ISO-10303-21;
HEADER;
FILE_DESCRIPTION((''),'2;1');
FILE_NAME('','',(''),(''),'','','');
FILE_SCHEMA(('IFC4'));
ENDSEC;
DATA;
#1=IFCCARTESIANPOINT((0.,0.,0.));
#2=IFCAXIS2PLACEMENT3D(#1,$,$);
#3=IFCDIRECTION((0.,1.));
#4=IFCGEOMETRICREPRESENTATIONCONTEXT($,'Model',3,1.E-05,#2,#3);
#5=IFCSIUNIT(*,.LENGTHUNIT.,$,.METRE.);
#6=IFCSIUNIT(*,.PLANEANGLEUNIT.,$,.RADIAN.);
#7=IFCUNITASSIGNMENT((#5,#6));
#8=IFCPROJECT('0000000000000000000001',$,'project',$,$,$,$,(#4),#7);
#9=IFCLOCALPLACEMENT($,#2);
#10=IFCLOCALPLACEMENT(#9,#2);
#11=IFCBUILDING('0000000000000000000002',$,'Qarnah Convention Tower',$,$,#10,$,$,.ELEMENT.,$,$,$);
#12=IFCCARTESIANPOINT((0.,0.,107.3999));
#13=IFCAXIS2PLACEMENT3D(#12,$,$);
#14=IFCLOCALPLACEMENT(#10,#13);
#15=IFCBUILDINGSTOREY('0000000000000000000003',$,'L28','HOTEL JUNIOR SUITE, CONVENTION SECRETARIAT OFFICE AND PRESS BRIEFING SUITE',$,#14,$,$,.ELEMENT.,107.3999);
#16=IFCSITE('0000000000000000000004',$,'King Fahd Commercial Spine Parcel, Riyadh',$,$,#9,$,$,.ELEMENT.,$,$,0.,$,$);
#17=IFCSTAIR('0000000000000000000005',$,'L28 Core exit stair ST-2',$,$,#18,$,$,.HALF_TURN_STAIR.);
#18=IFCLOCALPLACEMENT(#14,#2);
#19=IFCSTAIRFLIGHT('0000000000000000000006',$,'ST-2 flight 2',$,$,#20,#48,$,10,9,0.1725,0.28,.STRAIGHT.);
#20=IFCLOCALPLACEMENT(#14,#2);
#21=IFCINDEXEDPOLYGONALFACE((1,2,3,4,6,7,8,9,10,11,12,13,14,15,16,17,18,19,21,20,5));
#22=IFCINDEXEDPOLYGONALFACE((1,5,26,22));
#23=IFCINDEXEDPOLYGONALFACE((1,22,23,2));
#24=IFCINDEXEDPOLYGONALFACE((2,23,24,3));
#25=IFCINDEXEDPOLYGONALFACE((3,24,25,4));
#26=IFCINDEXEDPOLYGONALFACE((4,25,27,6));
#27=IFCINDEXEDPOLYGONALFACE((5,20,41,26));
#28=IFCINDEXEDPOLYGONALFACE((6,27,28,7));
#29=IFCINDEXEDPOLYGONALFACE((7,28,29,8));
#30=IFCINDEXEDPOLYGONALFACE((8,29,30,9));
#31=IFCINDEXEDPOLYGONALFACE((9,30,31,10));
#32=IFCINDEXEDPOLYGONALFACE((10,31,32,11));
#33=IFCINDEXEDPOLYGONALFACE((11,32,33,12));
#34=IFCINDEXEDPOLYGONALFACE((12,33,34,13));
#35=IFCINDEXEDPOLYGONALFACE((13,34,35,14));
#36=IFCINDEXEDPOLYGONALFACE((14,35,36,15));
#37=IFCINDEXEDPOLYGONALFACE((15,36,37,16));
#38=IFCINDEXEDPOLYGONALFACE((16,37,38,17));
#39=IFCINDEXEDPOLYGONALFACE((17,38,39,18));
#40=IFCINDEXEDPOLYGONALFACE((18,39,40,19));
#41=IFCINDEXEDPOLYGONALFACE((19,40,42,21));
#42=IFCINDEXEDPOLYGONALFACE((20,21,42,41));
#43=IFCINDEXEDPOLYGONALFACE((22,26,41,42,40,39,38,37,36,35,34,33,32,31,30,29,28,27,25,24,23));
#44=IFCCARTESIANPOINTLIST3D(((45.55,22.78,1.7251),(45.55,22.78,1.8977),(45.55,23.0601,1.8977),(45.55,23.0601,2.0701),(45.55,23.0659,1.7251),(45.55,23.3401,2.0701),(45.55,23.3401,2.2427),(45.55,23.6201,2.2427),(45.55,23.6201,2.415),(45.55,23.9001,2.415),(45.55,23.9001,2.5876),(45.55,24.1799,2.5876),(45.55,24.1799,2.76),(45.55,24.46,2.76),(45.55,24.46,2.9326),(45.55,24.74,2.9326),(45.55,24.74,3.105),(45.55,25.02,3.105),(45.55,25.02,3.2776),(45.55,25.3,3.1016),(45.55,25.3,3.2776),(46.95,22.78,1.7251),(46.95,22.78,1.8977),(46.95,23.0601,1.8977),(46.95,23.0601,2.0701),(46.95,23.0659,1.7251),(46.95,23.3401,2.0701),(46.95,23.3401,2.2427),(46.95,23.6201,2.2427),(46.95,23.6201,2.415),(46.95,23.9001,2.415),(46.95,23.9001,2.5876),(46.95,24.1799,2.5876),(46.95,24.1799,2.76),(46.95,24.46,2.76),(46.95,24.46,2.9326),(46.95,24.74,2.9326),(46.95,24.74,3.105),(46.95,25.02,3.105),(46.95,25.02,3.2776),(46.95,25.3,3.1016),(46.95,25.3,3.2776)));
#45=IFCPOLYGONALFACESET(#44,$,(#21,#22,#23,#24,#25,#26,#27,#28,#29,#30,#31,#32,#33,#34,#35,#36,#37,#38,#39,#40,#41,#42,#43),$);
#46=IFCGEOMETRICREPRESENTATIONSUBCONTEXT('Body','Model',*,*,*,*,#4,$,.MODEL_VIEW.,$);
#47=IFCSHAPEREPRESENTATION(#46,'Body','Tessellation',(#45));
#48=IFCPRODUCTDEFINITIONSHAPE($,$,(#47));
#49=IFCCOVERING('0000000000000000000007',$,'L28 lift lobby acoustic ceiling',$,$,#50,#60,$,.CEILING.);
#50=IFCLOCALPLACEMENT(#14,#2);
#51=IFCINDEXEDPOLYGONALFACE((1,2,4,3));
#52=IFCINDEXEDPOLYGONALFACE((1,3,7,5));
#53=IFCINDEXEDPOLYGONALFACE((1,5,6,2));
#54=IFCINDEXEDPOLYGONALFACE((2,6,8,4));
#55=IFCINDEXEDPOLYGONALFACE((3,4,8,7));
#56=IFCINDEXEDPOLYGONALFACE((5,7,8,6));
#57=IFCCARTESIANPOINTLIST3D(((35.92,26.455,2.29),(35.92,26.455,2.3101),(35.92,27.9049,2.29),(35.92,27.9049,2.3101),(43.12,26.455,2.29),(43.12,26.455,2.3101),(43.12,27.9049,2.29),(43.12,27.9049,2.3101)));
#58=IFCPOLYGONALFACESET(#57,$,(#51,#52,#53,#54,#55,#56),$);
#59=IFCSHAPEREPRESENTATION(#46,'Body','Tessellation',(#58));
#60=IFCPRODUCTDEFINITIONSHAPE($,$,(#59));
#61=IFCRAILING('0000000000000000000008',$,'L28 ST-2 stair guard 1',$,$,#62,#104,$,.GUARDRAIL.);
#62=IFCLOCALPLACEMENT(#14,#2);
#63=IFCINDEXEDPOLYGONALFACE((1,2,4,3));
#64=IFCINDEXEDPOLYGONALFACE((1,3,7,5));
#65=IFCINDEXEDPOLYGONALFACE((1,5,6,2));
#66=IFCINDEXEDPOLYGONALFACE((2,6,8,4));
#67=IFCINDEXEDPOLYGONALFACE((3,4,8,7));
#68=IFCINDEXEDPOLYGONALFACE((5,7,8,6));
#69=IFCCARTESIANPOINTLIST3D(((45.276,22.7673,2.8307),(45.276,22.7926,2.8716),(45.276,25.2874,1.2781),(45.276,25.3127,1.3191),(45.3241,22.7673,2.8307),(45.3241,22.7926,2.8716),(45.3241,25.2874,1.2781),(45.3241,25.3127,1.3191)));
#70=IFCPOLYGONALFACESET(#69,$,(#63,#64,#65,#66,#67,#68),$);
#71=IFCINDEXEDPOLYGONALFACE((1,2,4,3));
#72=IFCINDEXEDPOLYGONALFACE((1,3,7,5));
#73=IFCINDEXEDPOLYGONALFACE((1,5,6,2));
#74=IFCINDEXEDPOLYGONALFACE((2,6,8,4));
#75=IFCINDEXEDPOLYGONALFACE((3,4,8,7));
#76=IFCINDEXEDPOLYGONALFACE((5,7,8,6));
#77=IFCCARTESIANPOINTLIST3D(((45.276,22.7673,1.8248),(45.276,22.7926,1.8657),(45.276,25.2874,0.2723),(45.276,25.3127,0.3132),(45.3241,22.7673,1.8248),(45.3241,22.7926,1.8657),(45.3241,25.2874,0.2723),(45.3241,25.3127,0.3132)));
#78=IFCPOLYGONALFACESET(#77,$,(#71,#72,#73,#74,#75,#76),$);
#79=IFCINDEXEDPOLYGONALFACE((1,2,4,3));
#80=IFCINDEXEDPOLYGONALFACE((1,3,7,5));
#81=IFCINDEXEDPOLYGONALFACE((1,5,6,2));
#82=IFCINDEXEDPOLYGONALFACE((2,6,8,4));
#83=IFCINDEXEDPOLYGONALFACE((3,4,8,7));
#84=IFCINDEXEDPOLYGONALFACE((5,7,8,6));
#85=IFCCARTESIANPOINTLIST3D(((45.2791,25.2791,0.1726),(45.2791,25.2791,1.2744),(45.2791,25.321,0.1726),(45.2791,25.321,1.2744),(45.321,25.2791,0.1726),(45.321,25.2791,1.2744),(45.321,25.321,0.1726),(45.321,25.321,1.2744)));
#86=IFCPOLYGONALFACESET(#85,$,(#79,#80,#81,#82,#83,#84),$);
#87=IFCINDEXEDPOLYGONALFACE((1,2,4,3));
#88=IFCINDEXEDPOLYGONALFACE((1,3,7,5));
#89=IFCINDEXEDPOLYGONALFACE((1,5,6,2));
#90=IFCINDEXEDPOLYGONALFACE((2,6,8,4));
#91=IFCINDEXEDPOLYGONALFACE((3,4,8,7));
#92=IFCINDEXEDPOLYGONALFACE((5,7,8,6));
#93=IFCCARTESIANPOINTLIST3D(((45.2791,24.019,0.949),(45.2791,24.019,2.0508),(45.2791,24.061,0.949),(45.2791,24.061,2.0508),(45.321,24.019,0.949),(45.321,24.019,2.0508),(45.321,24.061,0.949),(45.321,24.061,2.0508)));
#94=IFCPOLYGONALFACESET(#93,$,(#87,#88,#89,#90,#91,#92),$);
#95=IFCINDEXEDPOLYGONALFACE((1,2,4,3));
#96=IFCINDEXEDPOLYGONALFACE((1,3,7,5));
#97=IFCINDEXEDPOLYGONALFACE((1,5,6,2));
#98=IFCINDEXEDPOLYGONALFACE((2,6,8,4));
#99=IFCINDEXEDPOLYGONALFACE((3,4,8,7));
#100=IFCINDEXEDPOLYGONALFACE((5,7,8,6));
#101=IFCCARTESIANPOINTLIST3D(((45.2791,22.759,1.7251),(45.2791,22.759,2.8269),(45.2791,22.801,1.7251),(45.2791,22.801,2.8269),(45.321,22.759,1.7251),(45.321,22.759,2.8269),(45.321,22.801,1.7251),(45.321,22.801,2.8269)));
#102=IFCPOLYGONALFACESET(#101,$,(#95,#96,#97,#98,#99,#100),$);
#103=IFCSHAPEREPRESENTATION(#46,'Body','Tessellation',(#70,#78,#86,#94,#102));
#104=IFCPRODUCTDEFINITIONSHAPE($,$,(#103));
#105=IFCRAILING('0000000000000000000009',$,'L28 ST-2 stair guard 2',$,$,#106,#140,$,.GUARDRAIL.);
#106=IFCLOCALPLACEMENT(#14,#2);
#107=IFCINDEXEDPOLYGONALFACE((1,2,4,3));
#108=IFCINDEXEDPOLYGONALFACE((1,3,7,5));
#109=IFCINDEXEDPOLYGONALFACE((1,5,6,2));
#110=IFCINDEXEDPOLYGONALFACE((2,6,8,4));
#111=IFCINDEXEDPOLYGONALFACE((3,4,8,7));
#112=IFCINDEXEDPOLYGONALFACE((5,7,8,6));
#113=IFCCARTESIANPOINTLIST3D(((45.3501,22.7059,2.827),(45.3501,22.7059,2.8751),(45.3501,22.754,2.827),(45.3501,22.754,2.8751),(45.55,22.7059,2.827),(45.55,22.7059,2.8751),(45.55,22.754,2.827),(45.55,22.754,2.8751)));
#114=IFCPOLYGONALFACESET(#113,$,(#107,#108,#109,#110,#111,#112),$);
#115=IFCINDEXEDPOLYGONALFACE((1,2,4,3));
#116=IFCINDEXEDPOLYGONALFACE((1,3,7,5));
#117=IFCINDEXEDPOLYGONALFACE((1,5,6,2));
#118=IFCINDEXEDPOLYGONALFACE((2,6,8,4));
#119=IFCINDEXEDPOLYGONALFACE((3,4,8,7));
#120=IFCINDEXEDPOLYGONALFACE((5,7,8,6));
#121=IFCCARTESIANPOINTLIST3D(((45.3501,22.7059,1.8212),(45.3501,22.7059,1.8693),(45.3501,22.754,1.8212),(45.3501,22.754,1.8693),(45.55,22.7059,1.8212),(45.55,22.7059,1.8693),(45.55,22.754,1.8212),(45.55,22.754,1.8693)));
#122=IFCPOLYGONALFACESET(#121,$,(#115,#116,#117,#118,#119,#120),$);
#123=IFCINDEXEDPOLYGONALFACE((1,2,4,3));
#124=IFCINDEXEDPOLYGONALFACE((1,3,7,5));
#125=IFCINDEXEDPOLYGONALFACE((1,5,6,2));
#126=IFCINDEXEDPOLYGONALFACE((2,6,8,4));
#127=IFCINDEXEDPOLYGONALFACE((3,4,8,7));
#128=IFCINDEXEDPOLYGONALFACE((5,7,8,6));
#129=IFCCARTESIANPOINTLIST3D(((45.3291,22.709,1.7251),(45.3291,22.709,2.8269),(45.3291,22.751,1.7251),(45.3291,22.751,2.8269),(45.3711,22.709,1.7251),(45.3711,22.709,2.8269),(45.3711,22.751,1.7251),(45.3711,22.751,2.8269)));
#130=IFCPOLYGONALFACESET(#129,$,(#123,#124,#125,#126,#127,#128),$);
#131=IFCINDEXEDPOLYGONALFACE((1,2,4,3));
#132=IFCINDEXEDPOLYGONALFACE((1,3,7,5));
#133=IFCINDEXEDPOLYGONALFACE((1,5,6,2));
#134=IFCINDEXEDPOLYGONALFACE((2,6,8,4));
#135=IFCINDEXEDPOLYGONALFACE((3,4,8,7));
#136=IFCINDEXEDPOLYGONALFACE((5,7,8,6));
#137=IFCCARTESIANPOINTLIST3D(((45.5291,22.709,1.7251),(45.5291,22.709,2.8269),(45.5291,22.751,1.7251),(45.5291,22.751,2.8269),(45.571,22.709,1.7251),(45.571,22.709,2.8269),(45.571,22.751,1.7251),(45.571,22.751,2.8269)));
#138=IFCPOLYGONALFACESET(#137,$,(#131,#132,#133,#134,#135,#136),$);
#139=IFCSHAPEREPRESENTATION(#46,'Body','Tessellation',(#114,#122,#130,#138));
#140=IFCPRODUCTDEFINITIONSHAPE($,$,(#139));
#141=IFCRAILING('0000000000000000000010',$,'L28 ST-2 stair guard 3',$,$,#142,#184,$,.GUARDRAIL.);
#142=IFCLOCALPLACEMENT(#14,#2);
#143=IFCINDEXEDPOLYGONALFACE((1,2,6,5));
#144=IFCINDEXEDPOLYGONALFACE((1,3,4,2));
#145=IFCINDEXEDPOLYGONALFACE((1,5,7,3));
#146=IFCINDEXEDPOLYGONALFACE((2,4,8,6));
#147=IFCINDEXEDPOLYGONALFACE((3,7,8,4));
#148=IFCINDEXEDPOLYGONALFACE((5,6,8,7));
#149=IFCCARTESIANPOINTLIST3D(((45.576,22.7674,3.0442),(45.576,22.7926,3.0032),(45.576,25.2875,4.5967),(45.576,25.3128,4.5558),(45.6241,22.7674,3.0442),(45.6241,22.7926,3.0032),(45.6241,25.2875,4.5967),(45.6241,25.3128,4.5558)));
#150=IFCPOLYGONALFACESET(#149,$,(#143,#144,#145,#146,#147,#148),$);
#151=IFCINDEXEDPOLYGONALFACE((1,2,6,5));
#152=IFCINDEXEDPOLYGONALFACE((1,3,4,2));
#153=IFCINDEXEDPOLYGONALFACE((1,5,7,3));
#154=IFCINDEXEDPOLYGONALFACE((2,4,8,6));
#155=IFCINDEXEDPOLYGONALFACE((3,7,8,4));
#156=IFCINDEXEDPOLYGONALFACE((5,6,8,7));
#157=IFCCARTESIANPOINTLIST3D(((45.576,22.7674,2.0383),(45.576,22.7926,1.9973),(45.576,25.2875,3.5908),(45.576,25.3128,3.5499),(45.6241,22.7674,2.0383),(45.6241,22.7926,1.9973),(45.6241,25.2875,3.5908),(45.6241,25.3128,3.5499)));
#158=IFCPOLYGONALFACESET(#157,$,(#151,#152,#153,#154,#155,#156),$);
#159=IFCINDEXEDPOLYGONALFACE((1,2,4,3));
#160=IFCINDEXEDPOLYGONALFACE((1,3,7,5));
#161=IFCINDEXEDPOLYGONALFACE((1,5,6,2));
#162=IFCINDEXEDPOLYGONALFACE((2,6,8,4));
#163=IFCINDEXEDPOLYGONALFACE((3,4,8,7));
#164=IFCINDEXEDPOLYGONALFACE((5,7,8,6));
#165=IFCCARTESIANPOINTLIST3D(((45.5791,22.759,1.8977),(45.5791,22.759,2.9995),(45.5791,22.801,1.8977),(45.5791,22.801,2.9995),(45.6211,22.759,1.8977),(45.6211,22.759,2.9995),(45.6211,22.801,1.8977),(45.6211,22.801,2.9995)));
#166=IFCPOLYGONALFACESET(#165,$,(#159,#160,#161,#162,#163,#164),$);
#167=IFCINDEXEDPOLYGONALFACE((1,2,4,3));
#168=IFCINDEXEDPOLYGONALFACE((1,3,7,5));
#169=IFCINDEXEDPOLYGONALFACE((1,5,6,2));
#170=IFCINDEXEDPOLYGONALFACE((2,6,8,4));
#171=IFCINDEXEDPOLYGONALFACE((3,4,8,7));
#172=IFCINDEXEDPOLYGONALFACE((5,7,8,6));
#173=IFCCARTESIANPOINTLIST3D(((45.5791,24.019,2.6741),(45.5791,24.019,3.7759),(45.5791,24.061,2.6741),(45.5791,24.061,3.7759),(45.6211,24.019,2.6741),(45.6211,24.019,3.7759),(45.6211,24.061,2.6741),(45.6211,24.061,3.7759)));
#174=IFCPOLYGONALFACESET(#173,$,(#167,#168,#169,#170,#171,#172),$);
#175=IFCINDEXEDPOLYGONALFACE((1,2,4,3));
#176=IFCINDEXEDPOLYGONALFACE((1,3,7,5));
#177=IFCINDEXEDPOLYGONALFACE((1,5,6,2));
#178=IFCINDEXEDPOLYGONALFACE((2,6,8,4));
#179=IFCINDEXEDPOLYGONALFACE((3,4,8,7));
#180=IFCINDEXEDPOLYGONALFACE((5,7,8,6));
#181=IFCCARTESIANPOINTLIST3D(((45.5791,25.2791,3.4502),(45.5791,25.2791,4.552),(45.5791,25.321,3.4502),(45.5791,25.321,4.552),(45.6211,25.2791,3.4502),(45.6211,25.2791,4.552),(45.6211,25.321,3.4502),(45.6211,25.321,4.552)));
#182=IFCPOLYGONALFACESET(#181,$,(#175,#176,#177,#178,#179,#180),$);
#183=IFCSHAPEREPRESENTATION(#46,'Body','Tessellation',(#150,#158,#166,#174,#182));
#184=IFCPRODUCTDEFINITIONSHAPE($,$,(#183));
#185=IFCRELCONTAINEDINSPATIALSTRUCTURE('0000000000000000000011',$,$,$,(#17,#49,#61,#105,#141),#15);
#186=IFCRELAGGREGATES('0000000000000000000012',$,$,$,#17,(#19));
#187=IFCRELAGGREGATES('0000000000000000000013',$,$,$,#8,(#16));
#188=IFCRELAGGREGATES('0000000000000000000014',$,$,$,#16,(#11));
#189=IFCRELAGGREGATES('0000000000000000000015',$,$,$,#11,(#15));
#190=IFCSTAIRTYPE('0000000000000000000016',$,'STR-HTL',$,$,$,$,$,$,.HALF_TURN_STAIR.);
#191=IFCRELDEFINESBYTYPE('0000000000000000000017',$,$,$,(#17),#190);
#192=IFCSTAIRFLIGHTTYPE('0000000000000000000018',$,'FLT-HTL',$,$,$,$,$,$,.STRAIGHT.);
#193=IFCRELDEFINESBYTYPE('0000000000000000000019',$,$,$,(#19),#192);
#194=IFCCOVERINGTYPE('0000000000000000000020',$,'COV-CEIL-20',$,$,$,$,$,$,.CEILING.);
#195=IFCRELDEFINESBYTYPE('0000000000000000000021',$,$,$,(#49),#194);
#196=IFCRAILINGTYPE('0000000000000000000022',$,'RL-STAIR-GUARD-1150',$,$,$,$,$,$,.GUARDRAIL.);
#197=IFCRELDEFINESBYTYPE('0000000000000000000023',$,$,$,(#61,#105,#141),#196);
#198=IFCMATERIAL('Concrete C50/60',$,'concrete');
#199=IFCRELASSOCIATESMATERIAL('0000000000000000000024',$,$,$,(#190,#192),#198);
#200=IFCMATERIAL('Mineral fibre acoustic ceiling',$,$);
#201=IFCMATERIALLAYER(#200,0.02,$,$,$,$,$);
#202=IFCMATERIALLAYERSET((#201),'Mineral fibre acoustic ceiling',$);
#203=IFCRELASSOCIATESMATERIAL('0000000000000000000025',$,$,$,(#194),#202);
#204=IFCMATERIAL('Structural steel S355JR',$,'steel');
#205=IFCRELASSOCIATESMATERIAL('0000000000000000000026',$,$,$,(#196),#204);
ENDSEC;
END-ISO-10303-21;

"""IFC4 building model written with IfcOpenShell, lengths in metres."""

from ifc_helpers import new_model, si_unit, direction, frame, origin, origin_2d, place, context, subcontext, project, spatial, polyline, rectangle, outline, extrude, material, layer, layer_set, type_object, element, aggregate, save


model = new_model("IFC4")

# Units and contexts
model_context = context("Model", 3, precision=1e-05, world=origin(), true_north=direction((0.0, 1.0)))
body_context = subcontext(model_context, "Body", "Model", "MODEL_VIEW")
ifc_project = project(units=[si_unit("LENGTHUNIT", "METRE"), si_unit("PLANEANGLEUNIT", "RADIAN")], contexts=[model_context])

# Site, building, storey
site_placement = place(None, origin())
site = spatial("IfcSite", under=ifc_project, at=site_placement, Name="King Fahd Commercial Spine Parcel, Riyadh", CompositionType="ELEMENT", RefElevation=0.0)
building_placement = place(site_placement, origin())
building = spatial("IfcBuilding", under=site, at=building_placement, Name="Qarnah Convention Tower", CompositionType="ELEMENT")
storey_placement = place(building_placement, frame((0.0, 0.0, 107.3999)))
storey = spatial("IfcBuildingStorey", under=building, at=storey_placement, Name="L28", Description="HOTEL JUNIOR SUITE, CONVENTION SECRETARIAT OFFICE AND PRESS BRIEFING SUITE", CompositionType="ELEMENT", Elevation=107.3999)

# Shared definitions
ifc_material_1 = material(Name="Structural steel S355JR", Category="steel")

# Stair, stair flight
ifc_material_2 = material(Name="Concrete C50/60", Category="concrete")
stair_type = type_object("IfcStairType", Name="STR-HTL", PredefinedType="HALF_TURN_STAIR", material=ifc_material_2)
stair_placement = place(storey_placement, origin())
stair = element("IfcStair", 1, at=stair_placement, inside=storey, type_object=stair_type, Name="L28 Core exit stair ST-2", PredefinedType="HALF_TURN_STAIR")
stair_flight_type = type_object("IfcStairFlightType", Name="FLT-HTL", PredefinedType="STRAIGHT", material=ifc_material_2)
stair_flight_1_placement = place(storey_placement, frame((46.25, 22.78, 1.7251), z_axis=(0.0, 0.0, 1.0), x_axis=(0.0, 1.0, 0.0)))
stair_flight_1 = element("IfcStairFlight", 2, at=stair_flight_1_placement, type_object=stair_flight_type, Name="ST-2 flight 2", NumberOfRisers=10, NumberOfTreads=9, PredefinedType="STRAIGHT", RiserHeight=0.1725, TreadLength=0.28, context=body_context, shape_type="SweptSolid", body=[
    extrude(outline(polyline([(0.0, 0.0), (0.0, 0.1726), (0.28, 0.1726), (0.28, 0.345), (0.5601, 0.345), (0.5601, 0.5176), (0.8401, 0.5176), (0.8401, 0.6899), (1.1201, 0.6899), (1.1201, 0.8625), (1.3999, 0.8625), (1.3999, 1.0349), (1.6799, 1.0349), (1.6799, 1.2075), (1.96, 1.2075), (1.96, 1.3799), (2.24, 1.3799), (2.24, 1.5525), (2.52, 1.5525), (2.52, 1.7251), (2.52, 1.3765), (0.2859, 0.0), (0.0, 0.0)])), frame((0.0, 0.7, 0.0), z_axis=(0.0, -1.0, 0.0), x_axis=(1.0, 0.0, 0.0)), (0.0, 0.0, 1.0), 1.3999),
])
aggregate(stair, [stair_flight_1])

# Covering
ifc_material_3 = material(Name="Mineral fibre acoustic ceiling")
ifc_layer_1 = layer(ifc_material_3, 0.02)
ifc_layer_set_1 = layer_set([ifc_layer_1], Name="Mineral fibre acoustic ceiling")
covering_type = type_object("IfcCoveringType", Name="COV-CEIL-20", PredefinedType="CEILING", material=ifc_layer_set_1)
covering_placement = place(storey_placement, frame((39.52, 27.1799, 2.29), z_axis=(0.0, 0.0, 1.0), x_axis=(1.0, 0.0, 0.0)))
element("IfcCovering", 3, at=covering_placement, inside=storey, type_object=covering_type, Name="L28 lift lobby acoustic ceiling", PredefinedType="CEILING", context=body_context, shape_type="SweptSolid", body=[
    extrude(rectangle(XDim=7.2, YDim=1.45, at=origin_2d()), origin(), (0.0, 0.0, 1.0), 0.02),
])

# Railings
railing_type_1 = type_object("IfcRailingType", Name="RL-STAIR-GUARD-1150", PredefinedType="GUARDRAIL", material=ifc_material_1)
railing_1_placement = place(storey_placement, frame((45.3, 25.3, 0.1726)))
element("IfcRailing", 4, at=railing_1_placement, inside=storey, type_object=railing_type_1, Name="L28 ST-2 stair guard 1", PredefinedType="GUARDRAIL", context=body_context, shape_type="SweptSolid", body=[
    extrude(rectangle(XDim=0.0481, YDim=0.0481, at=origin_2d()), frame((0.0, 0.0, 1.126), z_axis=(0.0, -0.8514, 0.524516), x_axis=(1.0, 0.0, 0.0)), (0.0, 0.0, 1.0), 2.96),
    extrude(rectangle(XDim=0.0481, YDim=0.0481, at=origin_2d()), frame((0.0, 0.0, 0.1201), z_axis=(0.0, -0.8514, 0.524516), x_axis=(1.0, 0.0, 0.0)), (0.0, 0.0, 1.0), 2.96),
    extrude(rectangle(XDim=0.042, YDim=0.042, at=origin_2d()), origin(), (0.0, 0.0, 1.0), 1.1018),
    extrude(rectangle(XDim=0.042, YDim=0.042, at=origin_2d()), frame((0.0, -1.26, 0.7764)), (0.0, 0.0, 1.0), 1.1018),
    extrude(rectangle(XDim=0.042, YDim=0.042, at=origin_2d()), frame((0.0, -2.52, 1.5525)), (0.0, 0.0, 1.0), 1.1018),
])
railing_2_placement = place(storey_placement, frame((45.3501, 22.73, 1.7251)))
element("IfcRailing", 5, at=railing_2_placement, inside=storey, type_object=railing_type_1, Name="L28 ST-2 stair guard 2", PredefinedType="GUARDRAIL", context=body_context, shape_type="SweptSolid", body=[
    extrude(rectangle(XDim=0.0481, YDim=0.0481, at=origin_2d()), frame((0.0, 0.0, 1.126), z_axis=(1.0, 0.0, 0.0), x_axis=(0.0, 1.0, 0.0)), (0.0, 0.0, 1.0), 0.2),
    extrude(rectangle(XDim=0.0481, YDim=0.0481, at=origin_2d()), frame((0.0, 0.0, 0.1201), z_axis=(1.0, 0.0, 0.0), x_axis=(0.0, 1.0, 0.0)), (0.0, 0.0, 1.0), 0.2),
    extrude(rectangle(XDim=0.042, YDim=0.042, at=origin_2d()), origin(), (0.0, 0.0, 1.0), 1.1018),
    extrude(rectangle(XDim=0.042, YDim=0.042, at=origin_2d()), frame((0.2, 0.0, 0.0)), (0.0, 0.0, 1.0), 1.1018),
])
railing_3_placement = place(storey_placement, frame((45.6001, 22.78, 1.8977)))
element("IfcRailing", 6, at=railing_3_placement, inside=storey, type_object=railing_type_1, Name="L28 ST-2 stair guard 3", PredefinedType="GUARDRAIL", context=body_context, shape_type="SweptSolid", body=[
    extrude(rectangle(XDim=0.0481, YDim=0.0481, at=origin_2d()), frame((0.0, 0.0, 1.126), z_axis=(0.0, 0.8514, 0.524516), x_axis=(-1.0, 0.0, 0.0)), (0.0, 0.0, 1.0), 2.96),
    extrude(rectangle(XDim=0.0481, YDim=0.0481, at=origin_2d()), frame((0.0, 0.0, 0.1201), z_axis=(0.0, 0.8514, 0.524516), x_axis=(-1.0, 0.0, 0.0)), (0.0, 0.0, 1.0), 2.96),
    extrude(rectangle(XDim=0.042, YDim=0.042, at=origin_2d()), origin(), (0.0, 0.0, 1.0), 1.1018),
    extrude(rectangle(XDim=0.042, YDim=0.042, at=origin_2d()), frame((0.0, 1.26, 0.7764)), (0.0, 0.0, 1.0), 1.1018),
    extrude(rectangle(XDim=0.042, YDim=0.042, at=origin_2d()), frame((0.0, 2.52, 1.5525)), (0.0, 0.0, 1.0), 1.1018),
])

save(model, "model.ifc")
